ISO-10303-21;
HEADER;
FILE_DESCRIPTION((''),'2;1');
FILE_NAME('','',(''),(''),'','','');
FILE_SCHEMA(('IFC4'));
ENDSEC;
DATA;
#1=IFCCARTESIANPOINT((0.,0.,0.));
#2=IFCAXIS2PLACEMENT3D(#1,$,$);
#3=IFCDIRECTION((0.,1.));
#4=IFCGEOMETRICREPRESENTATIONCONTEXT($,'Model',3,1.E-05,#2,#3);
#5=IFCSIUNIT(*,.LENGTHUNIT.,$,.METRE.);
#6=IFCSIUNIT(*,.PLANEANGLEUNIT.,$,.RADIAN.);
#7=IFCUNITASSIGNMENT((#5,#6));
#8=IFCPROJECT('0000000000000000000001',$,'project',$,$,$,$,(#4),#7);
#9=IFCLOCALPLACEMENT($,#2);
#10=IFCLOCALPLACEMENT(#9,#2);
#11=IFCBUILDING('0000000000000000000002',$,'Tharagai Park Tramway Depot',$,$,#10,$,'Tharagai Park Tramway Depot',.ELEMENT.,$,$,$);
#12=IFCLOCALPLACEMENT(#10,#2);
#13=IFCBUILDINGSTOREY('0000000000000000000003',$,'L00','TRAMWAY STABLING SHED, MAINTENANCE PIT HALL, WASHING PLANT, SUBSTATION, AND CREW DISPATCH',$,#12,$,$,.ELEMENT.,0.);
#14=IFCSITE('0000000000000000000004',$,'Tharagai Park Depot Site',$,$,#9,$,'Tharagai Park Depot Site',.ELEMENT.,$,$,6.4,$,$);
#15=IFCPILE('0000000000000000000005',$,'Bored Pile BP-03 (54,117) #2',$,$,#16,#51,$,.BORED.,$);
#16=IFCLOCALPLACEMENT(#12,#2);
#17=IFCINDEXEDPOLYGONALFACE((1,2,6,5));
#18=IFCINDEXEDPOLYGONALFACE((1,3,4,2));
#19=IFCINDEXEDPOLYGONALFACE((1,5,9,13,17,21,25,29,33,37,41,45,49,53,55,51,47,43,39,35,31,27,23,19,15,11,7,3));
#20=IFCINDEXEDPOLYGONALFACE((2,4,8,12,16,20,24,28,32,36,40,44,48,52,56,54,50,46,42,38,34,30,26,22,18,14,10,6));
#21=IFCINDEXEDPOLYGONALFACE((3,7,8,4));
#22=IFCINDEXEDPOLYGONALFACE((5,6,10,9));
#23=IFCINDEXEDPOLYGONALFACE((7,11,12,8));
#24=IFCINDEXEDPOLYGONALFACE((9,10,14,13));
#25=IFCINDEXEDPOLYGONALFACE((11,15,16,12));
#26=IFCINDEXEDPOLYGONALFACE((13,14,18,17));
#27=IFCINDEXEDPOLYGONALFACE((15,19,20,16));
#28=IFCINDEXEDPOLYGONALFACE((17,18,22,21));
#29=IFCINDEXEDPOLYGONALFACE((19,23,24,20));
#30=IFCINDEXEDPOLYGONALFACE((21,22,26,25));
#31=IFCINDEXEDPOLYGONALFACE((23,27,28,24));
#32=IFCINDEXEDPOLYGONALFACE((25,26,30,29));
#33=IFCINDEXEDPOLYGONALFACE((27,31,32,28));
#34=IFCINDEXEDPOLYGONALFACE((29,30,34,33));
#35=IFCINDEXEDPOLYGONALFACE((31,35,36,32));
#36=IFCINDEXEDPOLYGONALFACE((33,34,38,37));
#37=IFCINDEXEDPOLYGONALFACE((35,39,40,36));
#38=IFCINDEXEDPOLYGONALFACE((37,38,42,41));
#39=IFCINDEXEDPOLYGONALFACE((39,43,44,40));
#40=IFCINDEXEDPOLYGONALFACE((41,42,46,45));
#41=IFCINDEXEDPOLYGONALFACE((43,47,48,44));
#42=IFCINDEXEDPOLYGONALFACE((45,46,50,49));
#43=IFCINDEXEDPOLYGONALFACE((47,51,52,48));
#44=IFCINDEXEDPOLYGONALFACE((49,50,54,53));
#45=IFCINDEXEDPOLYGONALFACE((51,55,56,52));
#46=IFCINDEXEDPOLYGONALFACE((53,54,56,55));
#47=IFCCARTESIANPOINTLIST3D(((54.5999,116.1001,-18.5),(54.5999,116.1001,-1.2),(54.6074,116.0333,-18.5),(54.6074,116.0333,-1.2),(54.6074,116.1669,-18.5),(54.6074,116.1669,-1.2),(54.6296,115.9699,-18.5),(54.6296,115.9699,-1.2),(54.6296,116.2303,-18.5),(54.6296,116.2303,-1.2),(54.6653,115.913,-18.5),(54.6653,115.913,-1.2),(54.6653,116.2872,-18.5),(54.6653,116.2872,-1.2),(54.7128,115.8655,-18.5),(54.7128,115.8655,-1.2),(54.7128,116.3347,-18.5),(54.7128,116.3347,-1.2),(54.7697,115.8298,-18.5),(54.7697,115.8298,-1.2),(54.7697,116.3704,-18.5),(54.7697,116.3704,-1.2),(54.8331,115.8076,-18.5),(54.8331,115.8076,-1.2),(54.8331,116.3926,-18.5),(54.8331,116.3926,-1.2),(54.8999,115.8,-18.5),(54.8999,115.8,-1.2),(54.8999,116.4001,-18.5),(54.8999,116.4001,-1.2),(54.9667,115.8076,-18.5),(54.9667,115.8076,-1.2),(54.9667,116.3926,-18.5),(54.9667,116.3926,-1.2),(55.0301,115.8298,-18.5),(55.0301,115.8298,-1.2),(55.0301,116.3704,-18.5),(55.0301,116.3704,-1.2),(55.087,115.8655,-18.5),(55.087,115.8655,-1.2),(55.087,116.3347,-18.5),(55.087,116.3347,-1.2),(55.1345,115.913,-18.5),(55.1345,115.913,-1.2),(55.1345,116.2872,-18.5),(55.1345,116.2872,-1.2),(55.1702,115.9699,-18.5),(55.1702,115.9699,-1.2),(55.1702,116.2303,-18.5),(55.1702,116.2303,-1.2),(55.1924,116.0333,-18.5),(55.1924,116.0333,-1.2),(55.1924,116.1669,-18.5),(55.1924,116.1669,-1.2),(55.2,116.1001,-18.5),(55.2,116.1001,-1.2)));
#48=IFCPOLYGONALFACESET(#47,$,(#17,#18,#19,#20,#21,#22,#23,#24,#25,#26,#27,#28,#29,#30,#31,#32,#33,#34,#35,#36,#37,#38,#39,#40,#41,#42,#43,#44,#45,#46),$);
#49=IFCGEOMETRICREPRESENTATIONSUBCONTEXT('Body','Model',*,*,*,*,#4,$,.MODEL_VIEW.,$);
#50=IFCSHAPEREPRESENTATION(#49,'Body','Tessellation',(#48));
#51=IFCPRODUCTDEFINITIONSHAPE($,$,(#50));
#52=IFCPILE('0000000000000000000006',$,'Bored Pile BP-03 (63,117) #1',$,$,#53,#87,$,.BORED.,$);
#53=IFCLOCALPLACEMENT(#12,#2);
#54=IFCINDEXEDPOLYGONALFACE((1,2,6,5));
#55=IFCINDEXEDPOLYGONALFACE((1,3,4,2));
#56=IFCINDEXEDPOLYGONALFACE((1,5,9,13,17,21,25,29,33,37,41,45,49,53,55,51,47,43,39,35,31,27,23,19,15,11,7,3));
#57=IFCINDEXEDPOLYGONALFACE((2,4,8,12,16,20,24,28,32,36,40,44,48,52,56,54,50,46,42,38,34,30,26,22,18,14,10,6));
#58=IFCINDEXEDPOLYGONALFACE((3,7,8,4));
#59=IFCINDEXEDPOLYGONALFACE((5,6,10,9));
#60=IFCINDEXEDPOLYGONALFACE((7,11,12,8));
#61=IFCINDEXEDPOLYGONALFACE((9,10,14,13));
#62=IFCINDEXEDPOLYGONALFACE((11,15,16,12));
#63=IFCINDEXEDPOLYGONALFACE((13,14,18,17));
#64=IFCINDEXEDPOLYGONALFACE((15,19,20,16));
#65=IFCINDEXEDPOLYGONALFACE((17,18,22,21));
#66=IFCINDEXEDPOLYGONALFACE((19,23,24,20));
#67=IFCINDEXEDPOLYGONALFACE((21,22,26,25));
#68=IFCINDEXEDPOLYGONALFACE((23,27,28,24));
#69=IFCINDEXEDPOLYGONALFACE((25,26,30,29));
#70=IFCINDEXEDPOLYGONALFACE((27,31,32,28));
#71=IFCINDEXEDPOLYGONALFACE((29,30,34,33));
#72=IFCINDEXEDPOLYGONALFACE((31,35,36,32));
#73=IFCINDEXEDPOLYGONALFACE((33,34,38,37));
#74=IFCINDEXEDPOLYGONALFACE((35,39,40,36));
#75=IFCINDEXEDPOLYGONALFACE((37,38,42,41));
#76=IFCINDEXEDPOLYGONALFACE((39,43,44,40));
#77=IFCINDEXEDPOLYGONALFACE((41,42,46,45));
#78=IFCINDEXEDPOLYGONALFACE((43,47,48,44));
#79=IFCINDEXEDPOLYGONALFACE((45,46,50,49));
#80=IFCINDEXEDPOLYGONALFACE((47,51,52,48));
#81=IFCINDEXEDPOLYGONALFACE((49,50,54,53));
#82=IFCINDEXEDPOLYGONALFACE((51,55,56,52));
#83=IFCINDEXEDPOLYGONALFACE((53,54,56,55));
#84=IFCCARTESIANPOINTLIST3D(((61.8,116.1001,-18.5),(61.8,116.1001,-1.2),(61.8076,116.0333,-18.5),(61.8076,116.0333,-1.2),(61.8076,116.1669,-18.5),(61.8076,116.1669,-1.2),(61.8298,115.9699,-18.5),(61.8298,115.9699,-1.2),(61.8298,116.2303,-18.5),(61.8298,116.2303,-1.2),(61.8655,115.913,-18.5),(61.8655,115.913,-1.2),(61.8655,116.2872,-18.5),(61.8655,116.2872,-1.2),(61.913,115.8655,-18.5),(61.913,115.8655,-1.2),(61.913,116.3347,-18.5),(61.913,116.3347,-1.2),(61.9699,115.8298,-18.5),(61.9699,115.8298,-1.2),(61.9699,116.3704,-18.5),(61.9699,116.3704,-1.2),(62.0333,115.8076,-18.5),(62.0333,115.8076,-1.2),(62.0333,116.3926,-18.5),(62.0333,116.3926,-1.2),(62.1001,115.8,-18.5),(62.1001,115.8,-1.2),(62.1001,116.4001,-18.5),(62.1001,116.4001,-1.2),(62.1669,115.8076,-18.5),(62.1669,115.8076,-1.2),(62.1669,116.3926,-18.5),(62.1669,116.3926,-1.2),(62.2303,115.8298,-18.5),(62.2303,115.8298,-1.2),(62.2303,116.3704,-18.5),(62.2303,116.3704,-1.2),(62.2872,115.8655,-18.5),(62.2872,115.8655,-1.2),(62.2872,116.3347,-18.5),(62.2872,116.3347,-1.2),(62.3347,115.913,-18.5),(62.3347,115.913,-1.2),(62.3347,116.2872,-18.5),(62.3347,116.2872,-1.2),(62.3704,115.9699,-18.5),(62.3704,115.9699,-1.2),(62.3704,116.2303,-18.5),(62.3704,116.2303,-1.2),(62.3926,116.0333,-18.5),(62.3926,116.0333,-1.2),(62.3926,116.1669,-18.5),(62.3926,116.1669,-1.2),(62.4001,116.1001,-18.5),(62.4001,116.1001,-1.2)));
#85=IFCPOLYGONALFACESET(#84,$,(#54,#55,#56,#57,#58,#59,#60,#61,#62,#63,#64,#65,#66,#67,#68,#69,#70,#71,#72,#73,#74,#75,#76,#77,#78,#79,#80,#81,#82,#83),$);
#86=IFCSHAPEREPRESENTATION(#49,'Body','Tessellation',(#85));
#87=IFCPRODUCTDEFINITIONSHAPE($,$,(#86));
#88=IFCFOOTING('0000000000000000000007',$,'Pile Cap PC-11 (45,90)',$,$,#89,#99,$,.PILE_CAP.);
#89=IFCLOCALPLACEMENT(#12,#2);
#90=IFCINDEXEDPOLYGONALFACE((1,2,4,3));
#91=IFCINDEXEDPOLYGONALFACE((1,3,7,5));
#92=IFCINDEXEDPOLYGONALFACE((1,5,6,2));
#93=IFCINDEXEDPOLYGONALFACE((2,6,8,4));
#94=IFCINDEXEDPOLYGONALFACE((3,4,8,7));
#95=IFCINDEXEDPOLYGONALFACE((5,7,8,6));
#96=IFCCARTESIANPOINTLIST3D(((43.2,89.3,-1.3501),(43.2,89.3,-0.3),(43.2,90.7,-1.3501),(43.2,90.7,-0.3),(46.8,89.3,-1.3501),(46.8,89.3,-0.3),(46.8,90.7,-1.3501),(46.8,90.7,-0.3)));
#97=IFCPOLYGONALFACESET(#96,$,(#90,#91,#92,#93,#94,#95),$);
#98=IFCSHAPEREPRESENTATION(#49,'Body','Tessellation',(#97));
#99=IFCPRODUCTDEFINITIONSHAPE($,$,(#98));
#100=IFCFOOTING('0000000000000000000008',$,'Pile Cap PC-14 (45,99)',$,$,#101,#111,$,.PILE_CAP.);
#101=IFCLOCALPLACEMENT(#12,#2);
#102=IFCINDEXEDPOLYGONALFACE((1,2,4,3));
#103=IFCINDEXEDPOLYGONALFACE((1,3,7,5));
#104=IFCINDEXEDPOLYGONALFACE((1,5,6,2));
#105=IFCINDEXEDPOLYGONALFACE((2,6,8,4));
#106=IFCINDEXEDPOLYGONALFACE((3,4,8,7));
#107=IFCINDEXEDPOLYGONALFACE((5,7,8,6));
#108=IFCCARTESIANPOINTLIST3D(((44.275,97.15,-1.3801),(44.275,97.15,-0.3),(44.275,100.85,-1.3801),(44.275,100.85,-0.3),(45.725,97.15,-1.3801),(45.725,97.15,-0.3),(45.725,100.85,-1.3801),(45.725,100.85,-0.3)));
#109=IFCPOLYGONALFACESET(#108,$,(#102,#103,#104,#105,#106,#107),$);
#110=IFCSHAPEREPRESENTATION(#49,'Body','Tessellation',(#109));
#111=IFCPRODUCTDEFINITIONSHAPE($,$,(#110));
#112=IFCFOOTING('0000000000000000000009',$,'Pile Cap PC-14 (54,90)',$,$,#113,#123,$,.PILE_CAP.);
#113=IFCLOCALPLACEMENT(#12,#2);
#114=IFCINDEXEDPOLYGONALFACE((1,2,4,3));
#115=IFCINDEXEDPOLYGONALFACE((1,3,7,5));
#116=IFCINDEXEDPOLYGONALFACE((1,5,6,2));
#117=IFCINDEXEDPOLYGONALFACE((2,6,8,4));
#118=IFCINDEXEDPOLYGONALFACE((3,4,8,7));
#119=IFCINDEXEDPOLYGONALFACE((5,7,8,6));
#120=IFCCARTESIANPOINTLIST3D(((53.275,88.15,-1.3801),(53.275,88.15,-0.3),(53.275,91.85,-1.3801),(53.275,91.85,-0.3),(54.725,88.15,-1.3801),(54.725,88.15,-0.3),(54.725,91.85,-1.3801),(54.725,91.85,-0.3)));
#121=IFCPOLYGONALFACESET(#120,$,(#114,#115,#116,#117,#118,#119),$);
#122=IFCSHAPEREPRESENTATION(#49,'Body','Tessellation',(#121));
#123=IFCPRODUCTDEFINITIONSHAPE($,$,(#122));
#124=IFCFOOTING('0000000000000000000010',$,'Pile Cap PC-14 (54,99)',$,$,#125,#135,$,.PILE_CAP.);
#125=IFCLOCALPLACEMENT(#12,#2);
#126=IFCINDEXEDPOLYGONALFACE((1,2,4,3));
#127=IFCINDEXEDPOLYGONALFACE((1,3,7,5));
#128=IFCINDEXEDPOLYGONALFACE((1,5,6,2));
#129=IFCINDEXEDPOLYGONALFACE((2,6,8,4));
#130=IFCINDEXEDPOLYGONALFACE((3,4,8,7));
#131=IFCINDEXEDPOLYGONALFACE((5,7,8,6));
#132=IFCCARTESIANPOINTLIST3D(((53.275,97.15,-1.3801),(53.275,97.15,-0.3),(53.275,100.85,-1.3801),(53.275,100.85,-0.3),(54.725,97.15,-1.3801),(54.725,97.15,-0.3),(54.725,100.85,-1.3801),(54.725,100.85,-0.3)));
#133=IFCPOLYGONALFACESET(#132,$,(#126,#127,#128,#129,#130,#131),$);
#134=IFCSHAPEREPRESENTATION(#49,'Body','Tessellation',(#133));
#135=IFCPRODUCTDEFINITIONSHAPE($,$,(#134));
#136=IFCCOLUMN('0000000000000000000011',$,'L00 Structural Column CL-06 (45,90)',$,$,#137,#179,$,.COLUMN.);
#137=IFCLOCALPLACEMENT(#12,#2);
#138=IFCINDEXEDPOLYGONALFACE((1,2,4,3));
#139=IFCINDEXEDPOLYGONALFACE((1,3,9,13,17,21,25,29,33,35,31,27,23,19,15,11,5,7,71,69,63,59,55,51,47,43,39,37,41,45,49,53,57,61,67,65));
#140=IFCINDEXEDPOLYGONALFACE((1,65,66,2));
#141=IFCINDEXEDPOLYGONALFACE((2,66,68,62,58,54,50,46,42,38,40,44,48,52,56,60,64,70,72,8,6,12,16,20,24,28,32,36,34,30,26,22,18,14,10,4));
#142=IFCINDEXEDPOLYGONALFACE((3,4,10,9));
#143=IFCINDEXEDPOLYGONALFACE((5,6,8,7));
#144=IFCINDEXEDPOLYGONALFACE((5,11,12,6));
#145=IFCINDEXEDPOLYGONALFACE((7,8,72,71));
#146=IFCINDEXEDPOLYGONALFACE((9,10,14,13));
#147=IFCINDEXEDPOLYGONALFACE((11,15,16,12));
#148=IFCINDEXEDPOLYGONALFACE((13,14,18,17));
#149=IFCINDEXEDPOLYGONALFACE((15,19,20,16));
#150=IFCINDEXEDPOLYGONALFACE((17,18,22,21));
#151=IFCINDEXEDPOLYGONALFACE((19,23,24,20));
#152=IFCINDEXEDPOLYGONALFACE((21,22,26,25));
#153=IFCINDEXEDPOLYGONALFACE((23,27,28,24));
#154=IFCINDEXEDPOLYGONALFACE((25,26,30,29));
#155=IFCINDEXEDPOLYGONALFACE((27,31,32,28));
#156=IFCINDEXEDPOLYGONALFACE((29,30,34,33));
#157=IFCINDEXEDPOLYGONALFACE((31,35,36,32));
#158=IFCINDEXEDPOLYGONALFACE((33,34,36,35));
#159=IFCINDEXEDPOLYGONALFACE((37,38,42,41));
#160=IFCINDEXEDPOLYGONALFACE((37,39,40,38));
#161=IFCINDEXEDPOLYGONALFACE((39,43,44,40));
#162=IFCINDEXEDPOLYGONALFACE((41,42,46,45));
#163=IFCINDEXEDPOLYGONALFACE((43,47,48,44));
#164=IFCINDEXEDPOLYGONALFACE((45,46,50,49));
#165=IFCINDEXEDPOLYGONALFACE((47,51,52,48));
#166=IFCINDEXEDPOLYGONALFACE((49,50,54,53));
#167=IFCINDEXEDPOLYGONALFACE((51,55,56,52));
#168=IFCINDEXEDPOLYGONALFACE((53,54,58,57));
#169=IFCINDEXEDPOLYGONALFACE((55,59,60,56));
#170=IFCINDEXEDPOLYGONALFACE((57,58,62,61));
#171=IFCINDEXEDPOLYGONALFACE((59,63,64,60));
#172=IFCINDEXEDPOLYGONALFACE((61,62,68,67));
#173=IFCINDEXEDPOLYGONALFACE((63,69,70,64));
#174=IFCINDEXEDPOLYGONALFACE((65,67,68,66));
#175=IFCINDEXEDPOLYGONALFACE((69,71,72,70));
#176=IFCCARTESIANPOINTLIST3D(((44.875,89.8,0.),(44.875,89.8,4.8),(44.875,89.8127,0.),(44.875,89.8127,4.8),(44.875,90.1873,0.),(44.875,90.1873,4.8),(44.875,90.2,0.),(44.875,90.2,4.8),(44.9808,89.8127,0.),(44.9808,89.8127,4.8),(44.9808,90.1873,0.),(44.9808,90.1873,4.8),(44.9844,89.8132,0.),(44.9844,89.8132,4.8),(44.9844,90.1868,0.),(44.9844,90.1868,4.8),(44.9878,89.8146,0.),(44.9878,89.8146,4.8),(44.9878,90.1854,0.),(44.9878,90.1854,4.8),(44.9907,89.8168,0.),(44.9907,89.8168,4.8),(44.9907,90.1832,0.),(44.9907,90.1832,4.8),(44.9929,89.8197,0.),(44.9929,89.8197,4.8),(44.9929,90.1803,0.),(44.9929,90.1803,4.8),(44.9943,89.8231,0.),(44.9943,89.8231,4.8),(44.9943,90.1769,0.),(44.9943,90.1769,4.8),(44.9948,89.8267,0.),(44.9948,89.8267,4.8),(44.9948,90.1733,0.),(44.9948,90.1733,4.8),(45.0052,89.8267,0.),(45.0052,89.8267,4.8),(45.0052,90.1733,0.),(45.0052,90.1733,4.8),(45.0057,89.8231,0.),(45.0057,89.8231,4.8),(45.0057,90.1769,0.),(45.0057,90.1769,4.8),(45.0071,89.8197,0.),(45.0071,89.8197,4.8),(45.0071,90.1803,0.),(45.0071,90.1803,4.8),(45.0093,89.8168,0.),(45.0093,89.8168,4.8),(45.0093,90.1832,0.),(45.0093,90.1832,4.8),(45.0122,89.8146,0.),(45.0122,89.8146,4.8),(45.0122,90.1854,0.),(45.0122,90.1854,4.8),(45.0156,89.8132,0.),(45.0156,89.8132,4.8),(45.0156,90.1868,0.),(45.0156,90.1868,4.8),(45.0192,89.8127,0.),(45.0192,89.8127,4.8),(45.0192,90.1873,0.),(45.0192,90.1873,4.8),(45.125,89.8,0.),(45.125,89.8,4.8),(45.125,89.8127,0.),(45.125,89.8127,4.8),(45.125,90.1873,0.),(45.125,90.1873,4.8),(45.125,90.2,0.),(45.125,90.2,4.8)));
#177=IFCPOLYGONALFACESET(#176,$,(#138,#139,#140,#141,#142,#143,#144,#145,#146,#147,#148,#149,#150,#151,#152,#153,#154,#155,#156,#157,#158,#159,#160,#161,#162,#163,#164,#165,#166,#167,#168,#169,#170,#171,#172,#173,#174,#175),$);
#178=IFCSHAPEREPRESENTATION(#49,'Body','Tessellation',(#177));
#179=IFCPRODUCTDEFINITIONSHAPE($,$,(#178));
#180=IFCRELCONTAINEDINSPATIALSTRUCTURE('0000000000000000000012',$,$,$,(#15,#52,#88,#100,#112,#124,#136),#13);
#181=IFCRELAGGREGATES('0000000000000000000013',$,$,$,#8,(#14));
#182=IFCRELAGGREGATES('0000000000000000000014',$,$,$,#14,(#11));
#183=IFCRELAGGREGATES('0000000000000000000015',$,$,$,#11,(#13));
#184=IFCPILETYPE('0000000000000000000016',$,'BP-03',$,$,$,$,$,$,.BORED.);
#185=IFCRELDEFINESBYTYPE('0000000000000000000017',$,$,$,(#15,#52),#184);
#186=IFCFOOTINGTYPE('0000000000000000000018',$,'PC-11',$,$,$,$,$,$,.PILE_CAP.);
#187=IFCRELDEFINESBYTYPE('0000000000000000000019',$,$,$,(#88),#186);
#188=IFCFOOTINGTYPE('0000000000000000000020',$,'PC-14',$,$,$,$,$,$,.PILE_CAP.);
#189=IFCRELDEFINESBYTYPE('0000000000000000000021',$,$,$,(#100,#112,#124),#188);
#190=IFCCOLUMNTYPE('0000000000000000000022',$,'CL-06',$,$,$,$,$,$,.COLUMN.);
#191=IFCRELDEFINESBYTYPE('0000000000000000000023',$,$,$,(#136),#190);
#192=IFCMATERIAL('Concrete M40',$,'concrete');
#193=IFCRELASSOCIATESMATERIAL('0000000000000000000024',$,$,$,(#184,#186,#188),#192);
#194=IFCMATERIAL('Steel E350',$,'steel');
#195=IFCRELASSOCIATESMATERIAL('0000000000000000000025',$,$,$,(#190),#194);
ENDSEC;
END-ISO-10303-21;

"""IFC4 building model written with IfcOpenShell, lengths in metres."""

from ifc_helpers import new_model, si_unit, direction, frame, origin, origin_2d, place, context, subcontext, project, spatial, rectangle, circle, i_section, extrude, material, material_profile, profile_set, type_object, element, save


model = new_model("IFC4")

# Units and contexts
model_context = context("Model", 3, precision=1e-05, world=origin(), true_north=direction((0.0, 1.0)))
body_context = subcontext(model_context, "Body", "Model", "MODEL_VIEW")
ifc_project = project(units=[si_unit("LENGTHUNIT", "METRE"), si_unit("PLANEANGLEUNIT", "RADIAN")], contexts=[model_context])

# Site, building, storey
site_placement = place(None, origin())
site = spatial("IfcSite", under=ifc_project, at=site_placement, Name="Tharagai Park Depot Site", LongName="Tharagai Park Depot Site", CompositionType="ELEMENT", RefElevation=6.4)
building_placement = place(site_placement, origin())
building = spatial("IfcBuilding", under=site, at=building_placement, Name="Tharagai Park Tramway Depot", LongName="Tharagai Park Tramway Depot", CompositionType="ELEMENT")
storey_placement = place(building_placement, origin())
storey = spatial("IfcBuildingStorey", under=building, at=storey_placement, Name="L00", Description="TRAMWAY STABLING SHED, MAINTENANCE PIT HALL, WASHING PLANT, SUBSTATION, AND CREW DISPATCH", CompositionType="ELEMENT", Elevation=0.0)

# Piles
ifc_material_1 = material(Name="Concrete M40", Category="concrete")
ifc_material_profile_1 = material_profile(ifc_material_1, circle(Radius=0.3, at=origin_2d()), Name="PILE D600")
ifc_profile_set_1 = profile_set([ifc_material_profile_1], Name="Concrete M40")
pile_type_1 = type_object("IfcPileType", Name="BP-03", PredefinedType="BORED", material=ifc_profile_set_1)
for number, where, z_axis, x_axis, name in (
    (1, (54.8999, 116.1001, -1.2), (0.0, 0.0, -1.0), (1.0, 0.0, 0.0), "Bored Pile BP-03 (54,117) #2"),
    (2, (62.1001, 116.1001, -1.2), (0.0, 0.0, -1.0), (1.0, 0.0, 0.0), "Bored Pile BP-03 (63,117) #1"),
):
    element("IfcPile", number, at=place(storey_placement, frame(where, z_axis=z_axis, x_axis=x_axis)), inside=storey, type_object=pile_type_1, Name=name, PredefinedType="BORED", context=body_context, shape_type="SweptSolid", body=[
        extrude(circle(Radius=0.3, at=origin_2d()), origin(), (0.0, 0.0, 1.0), 17.3),
    ])

# Footings
footing_type_1 = type_object("IfcFootingType", Name="PC-11", PredefinedType="PILE_CAP", material=ifc_material_1)
footing_placement = place(storey_placement, frame((45.0, 90.0, -1.3501), z_axis=(0.0, 0.0, 1.0), x_axis=(1.0, 0.0, 0.0)))
element("IfcFooting", 3, at=footing_placement, inside=storey, type_object=footing_type_1, Name="Pile Cap PC-11 (45,90)", PredefinedType="PILE_CAP", context=body_context, shape_type="SweptSolid", body=[
    extrude(rectangle(XDim=3.6001, YDim=1.3999, at=origin_2d()), origin(), (0.0, 0.0, 1.0), 1.05),
])
footing_type_2 = type_object("IfcFootingType", Name="PC-14", PredefinedType="PILE_CAP", material=ifc_material_1)
for number, where, z_axis, x_axis, name in (
    (4, (45.0, 99.0, -1.3801), (0.0, 0.0, 1.0), (1.0, 0.0, 0.0), "Pile Cap PC-14 (45,99)"),
    (5, (54.0, 90.0, -1.3801), (0.0, 0.0, 1.0), (1.0, 0.0, 0.0), "Pile Cap PC-14 (54,90)"),
    (6, (54.0, 99.0, -1.3801), (0.0, 0.0, 1.0), (1.0, 0.0, 0.0), "Pile Cap PC-14 (54,99)"),
):
    element("IfcFooting", number, at=place(storey_placement, frame(where, z_axis=z_axis, x_axis=x_axis)), inside=storey, type_object=footing_type_2, Name=name, PredefinedType="PILE_CAP", context=body_context, shape_type="SweptSolid", body=[
        extrude(rectangle(XDim=1.45, YDim=3.7, at=origin_2d()), origin(), (0.0, 0.0, 1.0), 1.0801),
    ])

# Column
ifc_material_2 = material(Name="Steel E350", Category="steel")
ifc_material_profile_2 = material_profile(ifc_material_2, i_section(OverallWidth=0.25, OverallDepth=0.3999, WebThickness=0.0105, FlangeThickness=0.0127, FilletRadius=0.0139, at=origin_2d()), Name="ISHB 400")
ifc_profile_set_2 = profile_set([ifc_material_profile_2], Name="Steel E350")
column_type_1 = type_object("IfcColumnType", Name="CL-06", PredefinedType="COLUMN", material=ifc_profile_set_2)
for number, where, z_axis, x_axis, name in (
    (7, (45.0, 90.0, 0.0), (0.0, 0.0, 1.0), (1.0, 0.0, 0.0), "L00 Structural Column CL-06 (45,90)"),
):
    element("IfcColumn", number, at=place(storey_placement, frame(where, z_axis=z_axis, x_axis=x_axis)), inside=storey, type_object=column_type_1, Name=name, PredefinedType="COLUMN", context=body_context, shape_type="SweptSolid", body=[
        extrude(i_section(OverallWidth=0.25, OverallDepth=0.3999, WebThickness=0.0105, FlangeThickness=0.0127, FilletRadius=0.0139, at=origin_2d()), origin(), (0.0, 0.0, 1.0), 4.8),
    ])

save(model, "model.ifc")
